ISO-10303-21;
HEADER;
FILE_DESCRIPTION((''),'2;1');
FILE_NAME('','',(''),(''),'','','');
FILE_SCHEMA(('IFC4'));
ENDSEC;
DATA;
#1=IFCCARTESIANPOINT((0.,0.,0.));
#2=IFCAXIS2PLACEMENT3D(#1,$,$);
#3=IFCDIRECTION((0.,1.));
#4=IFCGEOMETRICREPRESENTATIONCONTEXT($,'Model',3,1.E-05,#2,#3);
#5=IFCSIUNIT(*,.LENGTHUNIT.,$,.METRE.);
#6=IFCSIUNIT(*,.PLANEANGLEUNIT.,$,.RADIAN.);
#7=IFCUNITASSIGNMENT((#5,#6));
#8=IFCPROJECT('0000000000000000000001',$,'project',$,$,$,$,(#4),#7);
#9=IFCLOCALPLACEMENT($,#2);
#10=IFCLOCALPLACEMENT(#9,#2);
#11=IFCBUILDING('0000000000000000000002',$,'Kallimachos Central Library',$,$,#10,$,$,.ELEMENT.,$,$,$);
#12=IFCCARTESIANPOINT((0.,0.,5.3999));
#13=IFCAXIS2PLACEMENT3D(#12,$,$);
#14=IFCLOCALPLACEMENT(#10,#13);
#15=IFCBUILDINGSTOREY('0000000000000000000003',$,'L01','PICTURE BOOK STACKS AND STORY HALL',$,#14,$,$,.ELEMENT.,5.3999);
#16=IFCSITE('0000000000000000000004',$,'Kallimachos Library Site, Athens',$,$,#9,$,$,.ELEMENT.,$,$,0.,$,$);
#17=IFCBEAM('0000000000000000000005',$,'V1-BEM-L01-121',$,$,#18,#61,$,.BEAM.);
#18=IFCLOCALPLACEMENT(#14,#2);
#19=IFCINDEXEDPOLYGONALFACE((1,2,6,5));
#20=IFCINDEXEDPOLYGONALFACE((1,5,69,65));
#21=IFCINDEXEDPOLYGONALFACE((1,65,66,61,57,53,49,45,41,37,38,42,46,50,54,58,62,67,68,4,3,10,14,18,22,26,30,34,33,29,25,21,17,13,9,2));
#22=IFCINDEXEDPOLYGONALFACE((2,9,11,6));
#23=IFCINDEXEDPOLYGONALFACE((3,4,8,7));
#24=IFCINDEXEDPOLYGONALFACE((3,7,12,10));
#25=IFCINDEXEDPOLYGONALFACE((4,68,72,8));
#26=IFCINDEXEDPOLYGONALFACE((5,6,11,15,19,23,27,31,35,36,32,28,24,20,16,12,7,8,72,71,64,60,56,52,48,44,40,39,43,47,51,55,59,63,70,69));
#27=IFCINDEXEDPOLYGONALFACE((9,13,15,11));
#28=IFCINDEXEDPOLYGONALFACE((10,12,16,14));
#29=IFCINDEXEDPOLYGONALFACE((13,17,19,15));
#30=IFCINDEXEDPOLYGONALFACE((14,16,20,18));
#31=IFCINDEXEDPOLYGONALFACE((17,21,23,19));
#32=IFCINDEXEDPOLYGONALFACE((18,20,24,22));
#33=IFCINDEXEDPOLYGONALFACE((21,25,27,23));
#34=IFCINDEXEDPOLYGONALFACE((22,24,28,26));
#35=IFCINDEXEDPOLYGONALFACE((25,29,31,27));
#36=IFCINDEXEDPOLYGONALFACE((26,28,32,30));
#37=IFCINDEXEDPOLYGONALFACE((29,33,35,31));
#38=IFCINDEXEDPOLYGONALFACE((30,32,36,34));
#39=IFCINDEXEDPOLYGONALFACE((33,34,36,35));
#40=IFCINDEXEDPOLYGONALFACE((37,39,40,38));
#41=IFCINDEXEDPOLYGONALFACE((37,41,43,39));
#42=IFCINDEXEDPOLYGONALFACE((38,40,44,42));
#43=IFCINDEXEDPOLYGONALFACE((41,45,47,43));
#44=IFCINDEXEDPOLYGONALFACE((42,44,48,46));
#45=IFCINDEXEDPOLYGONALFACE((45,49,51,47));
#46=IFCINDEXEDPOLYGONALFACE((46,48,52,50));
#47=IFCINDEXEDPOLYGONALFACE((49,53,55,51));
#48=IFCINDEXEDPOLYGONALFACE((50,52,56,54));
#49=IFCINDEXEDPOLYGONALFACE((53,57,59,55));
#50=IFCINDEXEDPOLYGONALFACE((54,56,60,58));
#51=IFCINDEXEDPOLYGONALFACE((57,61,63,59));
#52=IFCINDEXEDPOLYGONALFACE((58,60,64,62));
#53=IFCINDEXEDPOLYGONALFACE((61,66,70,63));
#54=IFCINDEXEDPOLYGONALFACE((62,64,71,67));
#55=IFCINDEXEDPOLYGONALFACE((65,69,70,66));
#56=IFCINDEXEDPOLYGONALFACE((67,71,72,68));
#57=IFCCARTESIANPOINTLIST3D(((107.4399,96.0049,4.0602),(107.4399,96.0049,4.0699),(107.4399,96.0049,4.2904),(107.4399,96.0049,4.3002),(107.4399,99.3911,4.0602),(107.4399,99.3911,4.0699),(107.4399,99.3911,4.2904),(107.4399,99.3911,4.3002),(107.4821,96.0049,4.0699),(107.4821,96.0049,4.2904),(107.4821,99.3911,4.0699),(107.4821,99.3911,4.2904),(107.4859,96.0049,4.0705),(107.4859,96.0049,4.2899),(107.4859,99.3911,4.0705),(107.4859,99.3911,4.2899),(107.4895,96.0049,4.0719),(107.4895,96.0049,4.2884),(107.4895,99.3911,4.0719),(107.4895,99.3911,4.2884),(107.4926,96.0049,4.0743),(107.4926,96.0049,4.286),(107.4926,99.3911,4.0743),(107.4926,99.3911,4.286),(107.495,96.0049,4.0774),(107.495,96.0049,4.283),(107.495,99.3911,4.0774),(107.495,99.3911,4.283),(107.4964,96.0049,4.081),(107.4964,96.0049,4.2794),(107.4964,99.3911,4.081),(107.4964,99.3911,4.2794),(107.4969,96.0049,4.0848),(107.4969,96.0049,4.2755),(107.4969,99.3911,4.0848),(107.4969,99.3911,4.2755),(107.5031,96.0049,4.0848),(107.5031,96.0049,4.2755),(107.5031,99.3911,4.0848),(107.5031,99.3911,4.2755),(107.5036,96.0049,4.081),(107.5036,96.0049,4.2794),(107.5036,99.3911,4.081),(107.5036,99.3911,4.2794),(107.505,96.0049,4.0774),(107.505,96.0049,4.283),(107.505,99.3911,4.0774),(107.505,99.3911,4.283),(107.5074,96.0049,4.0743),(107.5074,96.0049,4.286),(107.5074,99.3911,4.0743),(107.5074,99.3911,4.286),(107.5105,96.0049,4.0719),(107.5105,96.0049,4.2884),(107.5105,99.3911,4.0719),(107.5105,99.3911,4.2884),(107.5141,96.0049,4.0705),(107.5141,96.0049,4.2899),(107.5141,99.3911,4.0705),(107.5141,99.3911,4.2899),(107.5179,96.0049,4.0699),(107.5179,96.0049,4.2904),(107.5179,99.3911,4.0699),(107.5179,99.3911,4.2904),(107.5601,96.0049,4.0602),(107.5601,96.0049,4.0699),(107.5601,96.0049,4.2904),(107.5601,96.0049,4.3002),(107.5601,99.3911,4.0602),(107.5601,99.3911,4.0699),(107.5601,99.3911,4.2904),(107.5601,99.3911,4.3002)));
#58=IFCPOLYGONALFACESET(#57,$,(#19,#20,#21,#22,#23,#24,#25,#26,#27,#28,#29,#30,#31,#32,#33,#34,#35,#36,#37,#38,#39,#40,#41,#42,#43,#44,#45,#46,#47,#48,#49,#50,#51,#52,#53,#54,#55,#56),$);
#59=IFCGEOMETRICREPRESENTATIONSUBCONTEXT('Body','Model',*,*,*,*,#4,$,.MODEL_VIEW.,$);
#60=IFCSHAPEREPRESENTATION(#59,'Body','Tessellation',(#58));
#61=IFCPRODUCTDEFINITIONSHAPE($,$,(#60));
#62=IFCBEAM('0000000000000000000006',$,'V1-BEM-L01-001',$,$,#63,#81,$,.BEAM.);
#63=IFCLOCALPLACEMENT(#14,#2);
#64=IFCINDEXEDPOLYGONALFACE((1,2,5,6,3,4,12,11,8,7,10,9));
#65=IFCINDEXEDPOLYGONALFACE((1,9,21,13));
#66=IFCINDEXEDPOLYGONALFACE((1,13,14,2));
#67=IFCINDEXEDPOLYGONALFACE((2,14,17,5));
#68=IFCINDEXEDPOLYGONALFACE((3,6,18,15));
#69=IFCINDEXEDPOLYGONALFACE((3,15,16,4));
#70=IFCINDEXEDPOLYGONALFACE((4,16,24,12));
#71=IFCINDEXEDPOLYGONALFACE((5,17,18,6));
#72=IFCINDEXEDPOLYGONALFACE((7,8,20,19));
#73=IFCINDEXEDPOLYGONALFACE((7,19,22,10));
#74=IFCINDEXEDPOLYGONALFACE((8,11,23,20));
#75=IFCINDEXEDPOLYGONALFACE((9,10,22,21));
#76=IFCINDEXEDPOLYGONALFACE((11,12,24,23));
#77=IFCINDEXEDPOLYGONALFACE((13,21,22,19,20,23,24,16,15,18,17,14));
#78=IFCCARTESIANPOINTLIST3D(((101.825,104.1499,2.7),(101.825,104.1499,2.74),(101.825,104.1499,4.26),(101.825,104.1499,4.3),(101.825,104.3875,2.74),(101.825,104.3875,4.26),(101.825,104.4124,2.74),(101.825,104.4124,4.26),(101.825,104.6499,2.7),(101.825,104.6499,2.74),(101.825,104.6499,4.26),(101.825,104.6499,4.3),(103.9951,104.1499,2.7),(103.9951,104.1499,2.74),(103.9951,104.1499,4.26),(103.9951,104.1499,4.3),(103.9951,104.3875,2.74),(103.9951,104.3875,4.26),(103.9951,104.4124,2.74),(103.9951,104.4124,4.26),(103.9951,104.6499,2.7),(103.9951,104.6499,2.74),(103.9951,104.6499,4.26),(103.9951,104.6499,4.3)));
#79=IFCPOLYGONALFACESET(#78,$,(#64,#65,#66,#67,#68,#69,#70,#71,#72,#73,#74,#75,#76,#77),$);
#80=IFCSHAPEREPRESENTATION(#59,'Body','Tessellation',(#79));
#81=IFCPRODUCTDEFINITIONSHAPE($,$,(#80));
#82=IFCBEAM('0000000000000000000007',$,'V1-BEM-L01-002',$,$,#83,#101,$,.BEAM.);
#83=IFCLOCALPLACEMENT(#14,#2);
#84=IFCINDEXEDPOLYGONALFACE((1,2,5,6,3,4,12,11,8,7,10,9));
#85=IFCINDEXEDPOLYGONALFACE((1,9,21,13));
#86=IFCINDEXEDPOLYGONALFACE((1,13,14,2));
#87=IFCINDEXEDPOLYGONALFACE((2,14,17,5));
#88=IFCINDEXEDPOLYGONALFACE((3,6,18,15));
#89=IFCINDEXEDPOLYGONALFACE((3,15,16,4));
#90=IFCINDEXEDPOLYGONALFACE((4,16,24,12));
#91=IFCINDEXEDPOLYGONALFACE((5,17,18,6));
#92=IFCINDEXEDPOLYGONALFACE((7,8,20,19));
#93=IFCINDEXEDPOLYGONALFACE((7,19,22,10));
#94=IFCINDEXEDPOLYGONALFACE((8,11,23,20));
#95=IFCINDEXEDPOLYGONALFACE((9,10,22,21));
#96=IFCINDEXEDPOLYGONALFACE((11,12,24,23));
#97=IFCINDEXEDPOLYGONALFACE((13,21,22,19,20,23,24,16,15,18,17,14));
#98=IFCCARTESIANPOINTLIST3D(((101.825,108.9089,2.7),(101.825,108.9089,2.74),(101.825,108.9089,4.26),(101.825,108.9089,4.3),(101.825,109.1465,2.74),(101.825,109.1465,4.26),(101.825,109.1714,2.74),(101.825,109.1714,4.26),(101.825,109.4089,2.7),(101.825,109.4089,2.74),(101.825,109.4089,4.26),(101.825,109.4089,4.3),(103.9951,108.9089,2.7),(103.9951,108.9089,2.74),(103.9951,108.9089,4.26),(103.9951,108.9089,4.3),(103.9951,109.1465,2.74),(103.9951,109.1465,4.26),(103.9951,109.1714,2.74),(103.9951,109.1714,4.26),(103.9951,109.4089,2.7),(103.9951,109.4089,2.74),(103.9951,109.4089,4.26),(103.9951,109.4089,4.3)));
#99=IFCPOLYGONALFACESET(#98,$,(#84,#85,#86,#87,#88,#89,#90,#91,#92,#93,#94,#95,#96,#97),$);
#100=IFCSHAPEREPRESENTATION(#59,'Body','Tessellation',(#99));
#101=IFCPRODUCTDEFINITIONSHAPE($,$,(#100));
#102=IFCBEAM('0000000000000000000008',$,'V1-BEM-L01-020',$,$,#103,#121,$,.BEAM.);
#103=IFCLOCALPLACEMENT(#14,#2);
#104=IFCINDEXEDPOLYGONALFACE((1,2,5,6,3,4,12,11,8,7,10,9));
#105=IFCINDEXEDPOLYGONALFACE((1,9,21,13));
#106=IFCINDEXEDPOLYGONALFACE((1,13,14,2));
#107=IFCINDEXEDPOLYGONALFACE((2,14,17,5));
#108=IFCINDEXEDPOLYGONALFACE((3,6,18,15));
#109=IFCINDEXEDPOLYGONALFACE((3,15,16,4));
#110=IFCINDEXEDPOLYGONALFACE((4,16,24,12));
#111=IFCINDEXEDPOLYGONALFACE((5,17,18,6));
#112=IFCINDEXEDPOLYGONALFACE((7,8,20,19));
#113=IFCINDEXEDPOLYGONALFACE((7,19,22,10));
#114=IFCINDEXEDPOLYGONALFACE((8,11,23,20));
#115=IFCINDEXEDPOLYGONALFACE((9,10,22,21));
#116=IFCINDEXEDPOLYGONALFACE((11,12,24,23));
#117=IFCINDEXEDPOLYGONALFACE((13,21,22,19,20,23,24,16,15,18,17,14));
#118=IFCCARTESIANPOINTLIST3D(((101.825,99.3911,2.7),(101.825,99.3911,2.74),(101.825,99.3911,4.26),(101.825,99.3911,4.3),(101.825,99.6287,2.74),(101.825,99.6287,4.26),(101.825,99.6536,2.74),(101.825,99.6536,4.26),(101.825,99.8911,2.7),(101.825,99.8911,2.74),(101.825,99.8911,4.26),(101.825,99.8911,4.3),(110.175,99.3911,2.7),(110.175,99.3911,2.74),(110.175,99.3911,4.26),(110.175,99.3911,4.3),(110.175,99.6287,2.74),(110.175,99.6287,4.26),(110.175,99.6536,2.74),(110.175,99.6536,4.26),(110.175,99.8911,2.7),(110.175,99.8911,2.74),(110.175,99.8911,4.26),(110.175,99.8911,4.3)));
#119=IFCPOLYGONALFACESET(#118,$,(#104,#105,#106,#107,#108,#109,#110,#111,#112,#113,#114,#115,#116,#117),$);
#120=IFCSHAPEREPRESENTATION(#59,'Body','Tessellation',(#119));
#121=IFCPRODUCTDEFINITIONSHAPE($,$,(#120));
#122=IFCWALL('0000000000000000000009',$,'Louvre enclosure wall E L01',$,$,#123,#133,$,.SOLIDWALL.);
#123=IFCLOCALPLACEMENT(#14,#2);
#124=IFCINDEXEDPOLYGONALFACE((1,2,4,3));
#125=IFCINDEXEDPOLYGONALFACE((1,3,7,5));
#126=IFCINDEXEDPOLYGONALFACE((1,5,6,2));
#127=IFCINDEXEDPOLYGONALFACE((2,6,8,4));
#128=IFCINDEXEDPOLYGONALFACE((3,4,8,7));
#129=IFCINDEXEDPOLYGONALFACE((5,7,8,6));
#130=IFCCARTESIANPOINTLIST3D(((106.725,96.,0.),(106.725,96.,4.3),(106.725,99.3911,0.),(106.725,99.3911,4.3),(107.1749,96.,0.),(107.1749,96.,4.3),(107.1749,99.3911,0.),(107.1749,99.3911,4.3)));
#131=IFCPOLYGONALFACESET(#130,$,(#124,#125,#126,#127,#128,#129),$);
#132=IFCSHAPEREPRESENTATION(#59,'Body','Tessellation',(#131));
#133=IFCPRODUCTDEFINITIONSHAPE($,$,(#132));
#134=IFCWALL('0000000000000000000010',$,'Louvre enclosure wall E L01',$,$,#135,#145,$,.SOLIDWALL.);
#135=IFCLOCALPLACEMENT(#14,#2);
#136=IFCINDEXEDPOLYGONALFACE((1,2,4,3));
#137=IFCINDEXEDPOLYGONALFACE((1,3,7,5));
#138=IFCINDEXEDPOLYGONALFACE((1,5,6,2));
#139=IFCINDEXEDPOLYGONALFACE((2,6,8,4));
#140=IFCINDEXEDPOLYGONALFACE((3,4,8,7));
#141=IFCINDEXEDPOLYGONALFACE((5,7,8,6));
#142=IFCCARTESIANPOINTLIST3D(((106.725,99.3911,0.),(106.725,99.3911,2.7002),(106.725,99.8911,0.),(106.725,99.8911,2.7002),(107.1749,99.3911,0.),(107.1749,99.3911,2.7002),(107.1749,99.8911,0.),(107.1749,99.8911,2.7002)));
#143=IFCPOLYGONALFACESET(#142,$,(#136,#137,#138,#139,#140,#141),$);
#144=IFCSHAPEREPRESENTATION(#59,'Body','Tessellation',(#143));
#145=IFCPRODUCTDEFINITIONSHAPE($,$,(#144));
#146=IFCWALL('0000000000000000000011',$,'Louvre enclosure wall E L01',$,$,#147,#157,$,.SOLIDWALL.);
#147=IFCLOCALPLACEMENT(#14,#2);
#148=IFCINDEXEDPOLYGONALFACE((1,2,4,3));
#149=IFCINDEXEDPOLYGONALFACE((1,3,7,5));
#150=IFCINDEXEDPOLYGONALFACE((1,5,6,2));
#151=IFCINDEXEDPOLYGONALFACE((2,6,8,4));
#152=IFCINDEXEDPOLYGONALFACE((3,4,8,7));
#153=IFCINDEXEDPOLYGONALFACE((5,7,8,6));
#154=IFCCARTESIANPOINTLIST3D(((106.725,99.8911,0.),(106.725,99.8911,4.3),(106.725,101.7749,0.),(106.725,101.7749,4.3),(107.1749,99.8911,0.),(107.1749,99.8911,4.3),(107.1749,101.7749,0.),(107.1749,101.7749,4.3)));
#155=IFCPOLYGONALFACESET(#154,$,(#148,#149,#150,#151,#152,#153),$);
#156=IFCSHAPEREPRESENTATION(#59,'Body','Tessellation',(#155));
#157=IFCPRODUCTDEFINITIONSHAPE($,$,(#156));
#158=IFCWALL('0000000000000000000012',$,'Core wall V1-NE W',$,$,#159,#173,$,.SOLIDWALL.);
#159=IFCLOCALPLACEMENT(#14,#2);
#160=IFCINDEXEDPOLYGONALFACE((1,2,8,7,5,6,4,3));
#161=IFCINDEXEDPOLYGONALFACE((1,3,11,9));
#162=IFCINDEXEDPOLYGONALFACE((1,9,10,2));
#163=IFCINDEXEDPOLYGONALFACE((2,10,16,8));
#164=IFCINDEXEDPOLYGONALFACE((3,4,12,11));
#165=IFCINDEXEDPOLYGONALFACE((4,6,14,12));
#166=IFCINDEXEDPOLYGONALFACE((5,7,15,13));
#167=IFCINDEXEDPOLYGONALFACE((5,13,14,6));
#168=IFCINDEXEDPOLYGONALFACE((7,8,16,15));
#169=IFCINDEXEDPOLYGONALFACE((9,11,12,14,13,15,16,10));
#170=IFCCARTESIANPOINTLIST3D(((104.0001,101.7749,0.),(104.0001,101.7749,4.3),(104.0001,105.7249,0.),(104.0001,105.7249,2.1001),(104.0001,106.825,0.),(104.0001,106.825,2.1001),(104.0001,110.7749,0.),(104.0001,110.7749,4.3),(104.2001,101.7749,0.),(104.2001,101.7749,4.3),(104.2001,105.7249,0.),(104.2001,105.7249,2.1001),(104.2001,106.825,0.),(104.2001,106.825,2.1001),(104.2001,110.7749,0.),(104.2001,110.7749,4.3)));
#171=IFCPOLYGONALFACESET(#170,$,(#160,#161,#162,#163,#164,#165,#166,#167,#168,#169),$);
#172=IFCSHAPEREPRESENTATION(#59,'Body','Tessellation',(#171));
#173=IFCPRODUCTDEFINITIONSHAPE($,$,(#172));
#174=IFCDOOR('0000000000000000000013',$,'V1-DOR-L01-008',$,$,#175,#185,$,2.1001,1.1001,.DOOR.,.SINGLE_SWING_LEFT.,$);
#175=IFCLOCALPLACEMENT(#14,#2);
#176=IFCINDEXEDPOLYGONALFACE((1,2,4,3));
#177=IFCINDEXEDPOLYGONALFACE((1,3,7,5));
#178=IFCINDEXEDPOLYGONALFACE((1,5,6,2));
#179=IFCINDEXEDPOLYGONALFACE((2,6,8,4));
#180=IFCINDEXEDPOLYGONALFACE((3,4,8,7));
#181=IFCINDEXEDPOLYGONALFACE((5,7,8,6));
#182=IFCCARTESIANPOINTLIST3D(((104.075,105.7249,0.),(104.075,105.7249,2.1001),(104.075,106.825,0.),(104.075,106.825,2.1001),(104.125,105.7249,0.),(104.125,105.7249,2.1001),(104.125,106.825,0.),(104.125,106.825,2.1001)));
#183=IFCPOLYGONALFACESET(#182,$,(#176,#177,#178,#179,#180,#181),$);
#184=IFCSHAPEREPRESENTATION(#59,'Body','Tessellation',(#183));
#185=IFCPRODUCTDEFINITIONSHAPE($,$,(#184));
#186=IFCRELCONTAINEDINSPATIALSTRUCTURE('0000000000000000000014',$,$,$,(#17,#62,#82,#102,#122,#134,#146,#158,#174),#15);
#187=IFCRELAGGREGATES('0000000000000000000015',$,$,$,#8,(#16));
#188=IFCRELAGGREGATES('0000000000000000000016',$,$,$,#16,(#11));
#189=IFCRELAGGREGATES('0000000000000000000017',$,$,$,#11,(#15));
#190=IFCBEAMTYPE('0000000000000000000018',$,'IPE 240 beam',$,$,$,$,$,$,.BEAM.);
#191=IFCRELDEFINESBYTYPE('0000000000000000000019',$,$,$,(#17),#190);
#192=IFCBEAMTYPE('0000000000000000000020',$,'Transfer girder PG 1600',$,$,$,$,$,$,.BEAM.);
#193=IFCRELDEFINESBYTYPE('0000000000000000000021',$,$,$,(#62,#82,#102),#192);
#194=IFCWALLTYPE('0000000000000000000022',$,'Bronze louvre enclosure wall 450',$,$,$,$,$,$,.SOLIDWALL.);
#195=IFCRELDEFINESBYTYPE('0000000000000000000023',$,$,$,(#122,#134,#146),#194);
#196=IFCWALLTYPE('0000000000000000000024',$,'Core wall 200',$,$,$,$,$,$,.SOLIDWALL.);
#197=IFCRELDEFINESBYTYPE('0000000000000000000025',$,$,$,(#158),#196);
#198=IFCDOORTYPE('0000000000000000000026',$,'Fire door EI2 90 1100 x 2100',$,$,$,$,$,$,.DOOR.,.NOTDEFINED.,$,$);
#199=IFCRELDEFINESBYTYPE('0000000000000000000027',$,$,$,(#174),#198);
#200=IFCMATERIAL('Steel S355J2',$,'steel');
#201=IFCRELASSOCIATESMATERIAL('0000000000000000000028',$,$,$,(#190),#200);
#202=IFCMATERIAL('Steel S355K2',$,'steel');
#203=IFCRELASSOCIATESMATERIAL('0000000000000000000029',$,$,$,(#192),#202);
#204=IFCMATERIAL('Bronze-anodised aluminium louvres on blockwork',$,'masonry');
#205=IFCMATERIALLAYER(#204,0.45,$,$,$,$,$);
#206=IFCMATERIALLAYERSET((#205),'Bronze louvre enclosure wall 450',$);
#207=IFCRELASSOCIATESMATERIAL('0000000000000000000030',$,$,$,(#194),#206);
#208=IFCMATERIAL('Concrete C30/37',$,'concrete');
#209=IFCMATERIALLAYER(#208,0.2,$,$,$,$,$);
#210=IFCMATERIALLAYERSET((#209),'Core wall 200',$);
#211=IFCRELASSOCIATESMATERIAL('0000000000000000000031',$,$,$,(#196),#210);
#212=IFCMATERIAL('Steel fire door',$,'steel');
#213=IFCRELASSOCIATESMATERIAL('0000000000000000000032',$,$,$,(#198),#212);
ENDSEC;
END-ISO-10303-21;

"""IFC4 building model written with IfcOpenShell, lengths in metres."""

from ifc_helpers import new_model, si_unit, direction, frame, frame_2d, origin, origin_2d, place, context, subcontext, project, spatial, rectangle, i_section, extrude, material, layer, layer_set, material_profile, profile_set, type_object, element, fill, save


model = new_model("IFC4")

# Units and contexts
model_context = context("Model", 3, precision=1e-05, world=origin(), true_north=direction((0.0, 1.0)))
body_context = subcontext(model_context, "Body", "Model", "MODEL_VIEW")
ifc_project = project(units=[si_unit("LENGTHUNIT", "METRE"), si_unit("PLANEANGLEUNIT", "RADIAN")], contexts=[model_context])

# Site, building, storey
site_placement = place(None, origin())
site = spatial("IfcSite", under=ifc_project, at=site_placement, Name="Kallimachos Library Site, Athens", CompositionType="ELEMENT", RefElevation=0.0)
building_placement = place(site_placement, origin())
building = spatial("IfcBuilding", under=site, at=building_placement, Name="Kallimachos Central Library", CompositionType="ELEMENT")
storey_placement = place(building_placement, frame((0.0, 0.0, 5.3999)))
storey = spatial("IfcBuildingStorey", under=building, at=storey_placement, Name="L01", Description="PICTURE BOOK STACKS AND STORY HALL", CompositionType="ELEMENT", Elevation=5.3999)

# Beams
ifc_material_1 = material(Name="Steel S355J2", Category="steel")
ifc_material_profile_1 = material_profile(ifc_material_1, i_section(OverallWidth=0.1201, OverallDepth=0.24, WebThickness=0.0061, FlangeThickness=0.0098, FilletRadius=0.0149, at=origin_2d()), Name="IPE 240")
ifc_profile_set_1 = profile_set([ifc_material_profile_1], Name="Steel S355J2")
beam_type_1 = type_object("IfcBeamType", Name="IPE 240 beam", PredefinedType="BEAM", material=ifc_profile_set_1)
for number, where, z_axis, x_axis, name in (
    (1, (107.5, 96.0049, 4.1802), (0.0, 1.0, 0.0), (-1.0, 0.0, 0.0), "V1-BEM-L01-121"),
):
    element("IfcBeam", number, at=place(storey_placement, frame(where, z_axis=z_axis, x_axis=x_axis)), inside=storey, type_object=beam_type_1, Name=name, PredefinedType="BEAM", context=body_context, shape_type="SweptSolid", body=[
        extrude(i_section(OverallWidth=0.1201, OverallDepth=0.24, WebThickness=0.0061, FlangeThickness=0.0098, FilletRadius=0.0149, at=origin_2d()), origin(), (0.0, 0.0, 1.0), 3.3862),
    ])
ifc_material_2 = material(Name="Steel S355K2", Category="steel")
ifc_material_profile_2 = material_profile(ifc_material_2, i_section(OverallWidth=0.5, OverallDepth=1.6001, WebThickness=0.0249, FlangeThickness=0.04, at=origin_2d()), Name="PG 1600x500-25/40")
ifc_profile_set_2 = profile_set([ifc_material_profile_2], Name="Steel S355K2")
beam_type_2 = type_object("IfcBeamType", Name="Transfer girder PG 1600", PredefinedType="BEAM", material=ifc_profile_set_2)
for number, where, z_axis, x_axis, name in (
    (2, (101.825, 104.3999, 3.5), (1.0, 0.0, 0.0), (0.0, 1.0, 0.0), "V1-BEM-L01-001"),
    (3, (101.825, 109.1589, 3.5), (1.0, 0.0, 0.0), (0.0, 1.0, 0.0), "V1-BEM-L01-002"),
):
    element("IfcBeam", number, at=place(storey_placement, frame(where, z_axis=z_axis, x_axis=x_axis)), inside=storey, type_object=beam_type_2, Name=name, PredefinedType="BEAM", context=body_context, shape_type="SweptSolid", body=[
        extrude(i_section(OverallWidth=0.5, OverallDepth=1.6001, WebThickness=0.0249, FlangeThickness=0.04, at=origin_2d()), origin(), (0.0, 0.0, 1.0), 2.1702),
    ])
beam_1_placement = place(storey_placement, frame((101.825, 99.6411, 3.5), z_axis=(1.0, 0.0, 0.0), x_axis=(0.0, 1.0, 0.0)))
element("IfcBeam", 4, at=beam_1_placement, inside=storey, type_object=beam_type_2, Name="V1-BEM-L01-020", PredefinedType="BEAM", context=body_context, shape_type="SweptSolid", body=[
    extrude(i_section(OverallWidth=0.5, OverallDepth=1.6001, WebThickness=0.0249, FlangeThickness=0.04, at=origin_2d()), origin(), (0.0, 0.0, 1.0), 8.3501),
])

# Walls
ifc_material_3 = material(Name="Bronze-anodised aluminium louvres on blockwork", Category="masonry")
ifc_layer_1 = layer(ifc_material_3, 0.45)
ifc_layer_set_1 = layer_set([ifc_layer_1], Name="Bronze louvre enclosure wall 450")
wall_type_1 = type_object("IfcWallType", Name="Bronze louvre enclosure wall 450", PredefinedType="SOLIDWALL", material=ifc_layer_set_1)
wall_1_placement = place(storey_placement, frame((106.95, 96.0, 0.0), z_axis=(0.0, 0.0, 1.0), x_axis=(0.0, 1.0, 0.0)))
element("IfcWall", 5, at=wall_1_placement, inside=storey, type_object=wall_type_1, Name="Louvre enclosure wall E L01", PredefinedType="SOLIDWALL", context=body_context, shape_type="SweptSolid", body=[
    extrude(rectangle(XDim=3.3911, YDim=0.45, at=frame_2d((1.6956, 0.0))), origin(), (0.0, 0.0, 1.0), 4.3),
])
wall_2_placement = place(storey_placement, frame((106.95, 99.3911, 0.0), z_axis=(0.0, 0.0, 1.0), x_axis=(0.0, 1.0, 0.0)))
element("IfcWall", 6, at=wall_2_placement, inside=storey, type_object=wall_type_1, Name="Louvre enclosure wall E L01", PredefinedType="SOLIDWALL", context=body_context, shape_type="SweptSolid", body=[
    extrude(rectangle(XDim=0.5, YDim=0.45, at=frame_2d((0.25, 0.0))), origin(), (0.0, 0.0, 1.0), 2.7002),
])
wall_3_placement = place(storey_placement, frame((106.95, 99.8911, 0.0), z_axis=(0.0, 0.0, 1.0), x_axis=(0.0, 1.0, 0.0)))
element("IfcWall", 7, at=wall_3_placement, inside=storey, type_object=wall_type_1, Name="Louvre enclosure wall E L01", PredefinedType="SOLIDWALL", context=body_context, shape_type="SweptSolid", body=[
    extrude(rectangle(XDim=1.8838, YDim=0.45, at=frame_2d((0.9419, 0.0))), origin(), (0.0, 0.0, 1.0), 4.3),
])

# Wall, opening, door
ifc_material_4 = material(Name="Concrete C30/37", Category="concrete")
ifc_layer_2 = layer(ifc_material_4, 0.2)
ifc_layer_set_2 = layer_set([ifc_layer_2], Name="Core wall 200")
wall_type_2 = type_object("IfcWallType", Name="Core wall 200", PredefinedType="SOLIDWALL", material=ifc_layer_set_2)
wall_4_placement = place(storey_placement, frame((104.1001, 101.7749, 0.0), z_axis=(0.0, 0.0, 1.0), x_axis=(0.0, 1.0, 0.0)))
wall_4 = element("IfcWall", 8, at=wall_4_placement, inside=storey, type_object=wall_type_2, Name="Core wall V1-NE W", PredefinedType="SOLIDWALL", context=body_context, shape_type="SweptSolid", body=[
    extrude(rectangle(XDim=9.0, YDim=0.2, at=frame_2d((4.5, 0.0))), origin(), (0.0, 0.0, 1.0), 4.3),
])
opening_1_placement = place(wall_4_placement, frame((3.95, 0.0, 0.0)))
opening_1 = element("IfcOpeningElement", 9, at=opening_1_placement, cuts=wall_4, PredefinedType="OPENING", context=body_context, shape_type="SweptSolid", body=[
    extrude(rectangle(XDim=1.1001, YDim=2.1001, at=frame_2d((0.55, 1.05))), frame((0.0, 0.1099, 0.0), z_axis=(0.0, -1.0, 0.0), x_axis=(1.0, 0.0, 0.0)), (0.0, 0.0, 1.0), 0.22),
])
ifc_material_5 = material(Name="Steel fire door", Category="steel")
door_type_1 = type_object("IfcDoorType", Name="Fire door EI2 90 1100 x 2100", OperationType="NOTDEFINED", PredefinedType="DOOR", material=ifc_material_5)
door_1_placement = place(opening_1_placement, frame((1.1001, 0.0, 0.0), z_axis=(0.0, 0.0, 1.0), x_axis=(-1.0, 0.0, 0.0)))
door_1 = element("IfcDoor", 10, at=door_1_placement, inside=storey, type_object=door_type_1, Name="V1-DOR-L01-008", OperationType="SINGLE_SWING_LEFT", OverallHeight=2.1001, OverallWidth=1.1001, PredefinedType="DOOR", context=body_context, shape_type="SweptSolid", body=[
    extrude(rectangle(XDim=1.1001, YDim=2.1001, at=frame_2d((0.55, 1.05))), frame((0.0, 0.0249, 0.0), z_axis=(0.0, -1.0, 0.0), x_axis=(1.0, 0.0, 0.0)), (0.0, 0.0, 1.0), 0.05),
])
fill(opening_1, door_1)

save(model, "model.ifc")
